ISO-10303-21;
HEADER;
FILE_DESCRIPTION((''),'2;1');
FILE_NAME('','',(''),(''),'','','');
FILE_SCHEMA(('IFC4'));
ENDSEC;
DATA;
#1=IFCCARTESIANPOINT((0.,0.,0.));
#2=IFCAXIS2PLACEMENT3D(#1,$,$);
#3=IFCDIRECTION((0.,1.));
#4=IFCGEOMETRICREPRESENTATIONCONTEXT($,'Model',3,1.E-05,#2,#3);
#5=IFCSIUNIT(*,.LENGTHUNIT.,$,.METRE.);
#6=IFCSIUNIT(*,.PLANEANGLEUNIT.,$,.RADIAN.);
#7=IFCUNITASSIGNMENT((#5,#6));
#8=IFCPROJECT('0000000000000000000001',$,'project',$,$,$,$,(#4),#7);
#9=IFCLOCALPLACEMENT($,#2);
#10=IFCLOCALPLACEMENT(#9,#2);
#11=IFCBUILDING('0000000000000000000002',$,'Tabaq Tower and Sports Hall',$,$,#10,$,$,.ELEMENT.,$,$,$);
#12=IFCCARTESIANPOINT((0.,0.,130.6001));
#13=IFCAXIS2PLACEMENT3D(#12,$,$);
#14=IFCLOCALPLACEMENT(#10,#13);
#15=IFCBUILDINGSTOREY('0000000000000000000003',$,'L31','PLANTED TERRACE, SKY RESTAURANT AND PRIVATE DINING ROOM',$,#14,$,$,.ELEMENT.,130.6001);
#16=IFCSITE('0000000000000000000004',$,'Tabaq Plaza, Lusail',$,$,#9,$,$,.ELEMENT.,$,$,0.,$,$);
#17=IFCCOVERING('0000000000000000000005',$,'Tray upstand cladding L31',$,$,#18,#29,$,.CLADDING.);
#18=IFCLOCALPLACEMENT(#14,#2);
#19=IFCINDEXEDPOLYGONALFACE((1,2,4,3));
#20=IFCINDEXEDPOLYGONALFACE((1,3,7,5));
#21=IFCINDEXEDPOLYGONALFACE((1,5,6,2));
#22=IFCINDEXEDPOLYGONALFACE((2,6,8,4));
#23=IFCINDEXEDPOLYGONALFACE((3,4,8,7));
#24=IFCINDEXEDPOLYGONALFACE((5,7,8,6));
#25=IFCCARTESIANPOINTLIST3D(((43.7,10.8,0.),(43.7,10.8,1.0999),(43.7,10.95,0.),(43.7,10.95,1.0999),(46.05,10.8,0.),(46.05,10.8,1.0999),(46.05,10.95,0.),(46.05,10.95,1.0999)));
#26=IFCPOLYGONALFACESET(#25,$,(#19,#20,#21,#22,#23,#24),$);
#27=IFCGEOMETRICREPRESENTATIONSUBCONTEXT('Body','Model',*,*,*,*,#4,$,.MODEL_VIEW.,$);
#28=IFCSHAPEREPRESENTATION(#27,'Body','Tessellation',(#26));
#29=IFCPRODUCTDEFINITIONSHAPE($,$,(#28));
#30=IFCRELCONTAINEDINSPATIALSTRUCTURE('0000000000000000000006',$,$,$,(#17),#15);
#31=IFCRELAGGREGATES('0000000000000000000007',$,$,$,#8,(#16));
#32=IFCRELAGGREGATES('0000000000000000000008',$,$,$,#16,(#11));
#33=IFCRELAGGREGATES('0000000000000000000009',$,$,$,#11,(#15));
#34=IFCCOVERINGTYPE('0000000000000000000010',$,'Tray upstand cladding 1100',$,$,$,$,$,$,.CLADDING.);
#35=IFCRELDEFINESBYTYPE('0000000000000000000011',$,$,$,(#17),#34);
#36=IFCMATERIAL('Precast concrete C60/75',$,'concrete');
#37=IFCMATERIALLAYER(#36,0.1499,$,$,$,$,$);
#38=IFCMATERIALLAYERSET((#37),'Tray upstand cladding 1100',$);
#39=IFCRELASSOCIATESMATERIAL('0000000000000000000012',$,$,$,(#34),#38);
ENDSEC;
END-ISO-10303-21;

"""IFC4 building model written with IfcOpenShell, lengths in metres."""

from ifc_helpers import new_model, si_unit, direction, frame, frame_2d, origin, place, context, subcontext, project, spatial, rectangle, extrude, material, layer, layer_set, type_object, element, save


model = new_model("IFC4")

# Units and contexts
model_context = context("Model", 3, precision=1e-05, world=origin(), true_north=direction((0.0, 1.0)))
body_context = subcontext(model_context, "Body", "Model", "MODEL_VIEW")
ifc_project = project(units=[si_unit("LENGTHUNIT", "METRE"), si_unit("PLANEANGLEUNIT", "RADIAN")], contexts=[model_context])

# Site, building, storey
site_placement = place(None, origin())
site = spatial("IfcSite", under=ifc_project, at=site_placement, Name="Tabaq Plaza, Lusail", CompositionType="ELEMENT", RefElevation=0.0)
building_placement = place(site_placement, origin())
building = spatial("IfcBuilding", under=site, at=building_placement, Name="Tabaq Tower and Sports Hall", CompositionType="ELEMENT")
storey_placement = place(building_placement, frame((0.0, 0.0, 130.6001)))
storey = spatial("IfcBuildingStorey", under=building, at=storey_placement, Name="L31", Description="PLANTED TERRACE, SKY RESTAURANT AND PRIVATE DINING ROOM", CompositionType="ELEMENT", Elevation=130.6001)

# Covering
ifc_material_1 = material(Name="Precast concrete C60/75", Category="concrete")
ifc_layer_1 = layer(ifc_material_1, 0.1499)
ifc_layer_set_1 = layer_set([ifc_layer_1], Name="Tray upstand cladding 1100")
covering_type_1 = type_object("IfcCoveringType", Name="Tray upstand cladding 1100", PredefinedType="CLADDING", material=ifc_layer_set_1)
covering_1_placement = place(storey_placement, frame((43.7, 10.875, 0.0), z_axis=(0.0, 0.0, 1.0), x_axis=(1.0, 0.0, 0.0)))
element("IfcCovering", 1, at=covering_1_placement, inside=storey, type_object=covering_type_1, Name="Tray upstand cladding L31", PredefinedType="CLADDING", context=body_context, shape_type="SweptSolid", body=[
    extrude(rectangle(XDim=2.3501, YDim=0.1499, at=frame_2d((1.175, 0.0))), origin(), (0.0, 0.0, 1.0), 1.0999),
])

save(model, "model.ifc")
